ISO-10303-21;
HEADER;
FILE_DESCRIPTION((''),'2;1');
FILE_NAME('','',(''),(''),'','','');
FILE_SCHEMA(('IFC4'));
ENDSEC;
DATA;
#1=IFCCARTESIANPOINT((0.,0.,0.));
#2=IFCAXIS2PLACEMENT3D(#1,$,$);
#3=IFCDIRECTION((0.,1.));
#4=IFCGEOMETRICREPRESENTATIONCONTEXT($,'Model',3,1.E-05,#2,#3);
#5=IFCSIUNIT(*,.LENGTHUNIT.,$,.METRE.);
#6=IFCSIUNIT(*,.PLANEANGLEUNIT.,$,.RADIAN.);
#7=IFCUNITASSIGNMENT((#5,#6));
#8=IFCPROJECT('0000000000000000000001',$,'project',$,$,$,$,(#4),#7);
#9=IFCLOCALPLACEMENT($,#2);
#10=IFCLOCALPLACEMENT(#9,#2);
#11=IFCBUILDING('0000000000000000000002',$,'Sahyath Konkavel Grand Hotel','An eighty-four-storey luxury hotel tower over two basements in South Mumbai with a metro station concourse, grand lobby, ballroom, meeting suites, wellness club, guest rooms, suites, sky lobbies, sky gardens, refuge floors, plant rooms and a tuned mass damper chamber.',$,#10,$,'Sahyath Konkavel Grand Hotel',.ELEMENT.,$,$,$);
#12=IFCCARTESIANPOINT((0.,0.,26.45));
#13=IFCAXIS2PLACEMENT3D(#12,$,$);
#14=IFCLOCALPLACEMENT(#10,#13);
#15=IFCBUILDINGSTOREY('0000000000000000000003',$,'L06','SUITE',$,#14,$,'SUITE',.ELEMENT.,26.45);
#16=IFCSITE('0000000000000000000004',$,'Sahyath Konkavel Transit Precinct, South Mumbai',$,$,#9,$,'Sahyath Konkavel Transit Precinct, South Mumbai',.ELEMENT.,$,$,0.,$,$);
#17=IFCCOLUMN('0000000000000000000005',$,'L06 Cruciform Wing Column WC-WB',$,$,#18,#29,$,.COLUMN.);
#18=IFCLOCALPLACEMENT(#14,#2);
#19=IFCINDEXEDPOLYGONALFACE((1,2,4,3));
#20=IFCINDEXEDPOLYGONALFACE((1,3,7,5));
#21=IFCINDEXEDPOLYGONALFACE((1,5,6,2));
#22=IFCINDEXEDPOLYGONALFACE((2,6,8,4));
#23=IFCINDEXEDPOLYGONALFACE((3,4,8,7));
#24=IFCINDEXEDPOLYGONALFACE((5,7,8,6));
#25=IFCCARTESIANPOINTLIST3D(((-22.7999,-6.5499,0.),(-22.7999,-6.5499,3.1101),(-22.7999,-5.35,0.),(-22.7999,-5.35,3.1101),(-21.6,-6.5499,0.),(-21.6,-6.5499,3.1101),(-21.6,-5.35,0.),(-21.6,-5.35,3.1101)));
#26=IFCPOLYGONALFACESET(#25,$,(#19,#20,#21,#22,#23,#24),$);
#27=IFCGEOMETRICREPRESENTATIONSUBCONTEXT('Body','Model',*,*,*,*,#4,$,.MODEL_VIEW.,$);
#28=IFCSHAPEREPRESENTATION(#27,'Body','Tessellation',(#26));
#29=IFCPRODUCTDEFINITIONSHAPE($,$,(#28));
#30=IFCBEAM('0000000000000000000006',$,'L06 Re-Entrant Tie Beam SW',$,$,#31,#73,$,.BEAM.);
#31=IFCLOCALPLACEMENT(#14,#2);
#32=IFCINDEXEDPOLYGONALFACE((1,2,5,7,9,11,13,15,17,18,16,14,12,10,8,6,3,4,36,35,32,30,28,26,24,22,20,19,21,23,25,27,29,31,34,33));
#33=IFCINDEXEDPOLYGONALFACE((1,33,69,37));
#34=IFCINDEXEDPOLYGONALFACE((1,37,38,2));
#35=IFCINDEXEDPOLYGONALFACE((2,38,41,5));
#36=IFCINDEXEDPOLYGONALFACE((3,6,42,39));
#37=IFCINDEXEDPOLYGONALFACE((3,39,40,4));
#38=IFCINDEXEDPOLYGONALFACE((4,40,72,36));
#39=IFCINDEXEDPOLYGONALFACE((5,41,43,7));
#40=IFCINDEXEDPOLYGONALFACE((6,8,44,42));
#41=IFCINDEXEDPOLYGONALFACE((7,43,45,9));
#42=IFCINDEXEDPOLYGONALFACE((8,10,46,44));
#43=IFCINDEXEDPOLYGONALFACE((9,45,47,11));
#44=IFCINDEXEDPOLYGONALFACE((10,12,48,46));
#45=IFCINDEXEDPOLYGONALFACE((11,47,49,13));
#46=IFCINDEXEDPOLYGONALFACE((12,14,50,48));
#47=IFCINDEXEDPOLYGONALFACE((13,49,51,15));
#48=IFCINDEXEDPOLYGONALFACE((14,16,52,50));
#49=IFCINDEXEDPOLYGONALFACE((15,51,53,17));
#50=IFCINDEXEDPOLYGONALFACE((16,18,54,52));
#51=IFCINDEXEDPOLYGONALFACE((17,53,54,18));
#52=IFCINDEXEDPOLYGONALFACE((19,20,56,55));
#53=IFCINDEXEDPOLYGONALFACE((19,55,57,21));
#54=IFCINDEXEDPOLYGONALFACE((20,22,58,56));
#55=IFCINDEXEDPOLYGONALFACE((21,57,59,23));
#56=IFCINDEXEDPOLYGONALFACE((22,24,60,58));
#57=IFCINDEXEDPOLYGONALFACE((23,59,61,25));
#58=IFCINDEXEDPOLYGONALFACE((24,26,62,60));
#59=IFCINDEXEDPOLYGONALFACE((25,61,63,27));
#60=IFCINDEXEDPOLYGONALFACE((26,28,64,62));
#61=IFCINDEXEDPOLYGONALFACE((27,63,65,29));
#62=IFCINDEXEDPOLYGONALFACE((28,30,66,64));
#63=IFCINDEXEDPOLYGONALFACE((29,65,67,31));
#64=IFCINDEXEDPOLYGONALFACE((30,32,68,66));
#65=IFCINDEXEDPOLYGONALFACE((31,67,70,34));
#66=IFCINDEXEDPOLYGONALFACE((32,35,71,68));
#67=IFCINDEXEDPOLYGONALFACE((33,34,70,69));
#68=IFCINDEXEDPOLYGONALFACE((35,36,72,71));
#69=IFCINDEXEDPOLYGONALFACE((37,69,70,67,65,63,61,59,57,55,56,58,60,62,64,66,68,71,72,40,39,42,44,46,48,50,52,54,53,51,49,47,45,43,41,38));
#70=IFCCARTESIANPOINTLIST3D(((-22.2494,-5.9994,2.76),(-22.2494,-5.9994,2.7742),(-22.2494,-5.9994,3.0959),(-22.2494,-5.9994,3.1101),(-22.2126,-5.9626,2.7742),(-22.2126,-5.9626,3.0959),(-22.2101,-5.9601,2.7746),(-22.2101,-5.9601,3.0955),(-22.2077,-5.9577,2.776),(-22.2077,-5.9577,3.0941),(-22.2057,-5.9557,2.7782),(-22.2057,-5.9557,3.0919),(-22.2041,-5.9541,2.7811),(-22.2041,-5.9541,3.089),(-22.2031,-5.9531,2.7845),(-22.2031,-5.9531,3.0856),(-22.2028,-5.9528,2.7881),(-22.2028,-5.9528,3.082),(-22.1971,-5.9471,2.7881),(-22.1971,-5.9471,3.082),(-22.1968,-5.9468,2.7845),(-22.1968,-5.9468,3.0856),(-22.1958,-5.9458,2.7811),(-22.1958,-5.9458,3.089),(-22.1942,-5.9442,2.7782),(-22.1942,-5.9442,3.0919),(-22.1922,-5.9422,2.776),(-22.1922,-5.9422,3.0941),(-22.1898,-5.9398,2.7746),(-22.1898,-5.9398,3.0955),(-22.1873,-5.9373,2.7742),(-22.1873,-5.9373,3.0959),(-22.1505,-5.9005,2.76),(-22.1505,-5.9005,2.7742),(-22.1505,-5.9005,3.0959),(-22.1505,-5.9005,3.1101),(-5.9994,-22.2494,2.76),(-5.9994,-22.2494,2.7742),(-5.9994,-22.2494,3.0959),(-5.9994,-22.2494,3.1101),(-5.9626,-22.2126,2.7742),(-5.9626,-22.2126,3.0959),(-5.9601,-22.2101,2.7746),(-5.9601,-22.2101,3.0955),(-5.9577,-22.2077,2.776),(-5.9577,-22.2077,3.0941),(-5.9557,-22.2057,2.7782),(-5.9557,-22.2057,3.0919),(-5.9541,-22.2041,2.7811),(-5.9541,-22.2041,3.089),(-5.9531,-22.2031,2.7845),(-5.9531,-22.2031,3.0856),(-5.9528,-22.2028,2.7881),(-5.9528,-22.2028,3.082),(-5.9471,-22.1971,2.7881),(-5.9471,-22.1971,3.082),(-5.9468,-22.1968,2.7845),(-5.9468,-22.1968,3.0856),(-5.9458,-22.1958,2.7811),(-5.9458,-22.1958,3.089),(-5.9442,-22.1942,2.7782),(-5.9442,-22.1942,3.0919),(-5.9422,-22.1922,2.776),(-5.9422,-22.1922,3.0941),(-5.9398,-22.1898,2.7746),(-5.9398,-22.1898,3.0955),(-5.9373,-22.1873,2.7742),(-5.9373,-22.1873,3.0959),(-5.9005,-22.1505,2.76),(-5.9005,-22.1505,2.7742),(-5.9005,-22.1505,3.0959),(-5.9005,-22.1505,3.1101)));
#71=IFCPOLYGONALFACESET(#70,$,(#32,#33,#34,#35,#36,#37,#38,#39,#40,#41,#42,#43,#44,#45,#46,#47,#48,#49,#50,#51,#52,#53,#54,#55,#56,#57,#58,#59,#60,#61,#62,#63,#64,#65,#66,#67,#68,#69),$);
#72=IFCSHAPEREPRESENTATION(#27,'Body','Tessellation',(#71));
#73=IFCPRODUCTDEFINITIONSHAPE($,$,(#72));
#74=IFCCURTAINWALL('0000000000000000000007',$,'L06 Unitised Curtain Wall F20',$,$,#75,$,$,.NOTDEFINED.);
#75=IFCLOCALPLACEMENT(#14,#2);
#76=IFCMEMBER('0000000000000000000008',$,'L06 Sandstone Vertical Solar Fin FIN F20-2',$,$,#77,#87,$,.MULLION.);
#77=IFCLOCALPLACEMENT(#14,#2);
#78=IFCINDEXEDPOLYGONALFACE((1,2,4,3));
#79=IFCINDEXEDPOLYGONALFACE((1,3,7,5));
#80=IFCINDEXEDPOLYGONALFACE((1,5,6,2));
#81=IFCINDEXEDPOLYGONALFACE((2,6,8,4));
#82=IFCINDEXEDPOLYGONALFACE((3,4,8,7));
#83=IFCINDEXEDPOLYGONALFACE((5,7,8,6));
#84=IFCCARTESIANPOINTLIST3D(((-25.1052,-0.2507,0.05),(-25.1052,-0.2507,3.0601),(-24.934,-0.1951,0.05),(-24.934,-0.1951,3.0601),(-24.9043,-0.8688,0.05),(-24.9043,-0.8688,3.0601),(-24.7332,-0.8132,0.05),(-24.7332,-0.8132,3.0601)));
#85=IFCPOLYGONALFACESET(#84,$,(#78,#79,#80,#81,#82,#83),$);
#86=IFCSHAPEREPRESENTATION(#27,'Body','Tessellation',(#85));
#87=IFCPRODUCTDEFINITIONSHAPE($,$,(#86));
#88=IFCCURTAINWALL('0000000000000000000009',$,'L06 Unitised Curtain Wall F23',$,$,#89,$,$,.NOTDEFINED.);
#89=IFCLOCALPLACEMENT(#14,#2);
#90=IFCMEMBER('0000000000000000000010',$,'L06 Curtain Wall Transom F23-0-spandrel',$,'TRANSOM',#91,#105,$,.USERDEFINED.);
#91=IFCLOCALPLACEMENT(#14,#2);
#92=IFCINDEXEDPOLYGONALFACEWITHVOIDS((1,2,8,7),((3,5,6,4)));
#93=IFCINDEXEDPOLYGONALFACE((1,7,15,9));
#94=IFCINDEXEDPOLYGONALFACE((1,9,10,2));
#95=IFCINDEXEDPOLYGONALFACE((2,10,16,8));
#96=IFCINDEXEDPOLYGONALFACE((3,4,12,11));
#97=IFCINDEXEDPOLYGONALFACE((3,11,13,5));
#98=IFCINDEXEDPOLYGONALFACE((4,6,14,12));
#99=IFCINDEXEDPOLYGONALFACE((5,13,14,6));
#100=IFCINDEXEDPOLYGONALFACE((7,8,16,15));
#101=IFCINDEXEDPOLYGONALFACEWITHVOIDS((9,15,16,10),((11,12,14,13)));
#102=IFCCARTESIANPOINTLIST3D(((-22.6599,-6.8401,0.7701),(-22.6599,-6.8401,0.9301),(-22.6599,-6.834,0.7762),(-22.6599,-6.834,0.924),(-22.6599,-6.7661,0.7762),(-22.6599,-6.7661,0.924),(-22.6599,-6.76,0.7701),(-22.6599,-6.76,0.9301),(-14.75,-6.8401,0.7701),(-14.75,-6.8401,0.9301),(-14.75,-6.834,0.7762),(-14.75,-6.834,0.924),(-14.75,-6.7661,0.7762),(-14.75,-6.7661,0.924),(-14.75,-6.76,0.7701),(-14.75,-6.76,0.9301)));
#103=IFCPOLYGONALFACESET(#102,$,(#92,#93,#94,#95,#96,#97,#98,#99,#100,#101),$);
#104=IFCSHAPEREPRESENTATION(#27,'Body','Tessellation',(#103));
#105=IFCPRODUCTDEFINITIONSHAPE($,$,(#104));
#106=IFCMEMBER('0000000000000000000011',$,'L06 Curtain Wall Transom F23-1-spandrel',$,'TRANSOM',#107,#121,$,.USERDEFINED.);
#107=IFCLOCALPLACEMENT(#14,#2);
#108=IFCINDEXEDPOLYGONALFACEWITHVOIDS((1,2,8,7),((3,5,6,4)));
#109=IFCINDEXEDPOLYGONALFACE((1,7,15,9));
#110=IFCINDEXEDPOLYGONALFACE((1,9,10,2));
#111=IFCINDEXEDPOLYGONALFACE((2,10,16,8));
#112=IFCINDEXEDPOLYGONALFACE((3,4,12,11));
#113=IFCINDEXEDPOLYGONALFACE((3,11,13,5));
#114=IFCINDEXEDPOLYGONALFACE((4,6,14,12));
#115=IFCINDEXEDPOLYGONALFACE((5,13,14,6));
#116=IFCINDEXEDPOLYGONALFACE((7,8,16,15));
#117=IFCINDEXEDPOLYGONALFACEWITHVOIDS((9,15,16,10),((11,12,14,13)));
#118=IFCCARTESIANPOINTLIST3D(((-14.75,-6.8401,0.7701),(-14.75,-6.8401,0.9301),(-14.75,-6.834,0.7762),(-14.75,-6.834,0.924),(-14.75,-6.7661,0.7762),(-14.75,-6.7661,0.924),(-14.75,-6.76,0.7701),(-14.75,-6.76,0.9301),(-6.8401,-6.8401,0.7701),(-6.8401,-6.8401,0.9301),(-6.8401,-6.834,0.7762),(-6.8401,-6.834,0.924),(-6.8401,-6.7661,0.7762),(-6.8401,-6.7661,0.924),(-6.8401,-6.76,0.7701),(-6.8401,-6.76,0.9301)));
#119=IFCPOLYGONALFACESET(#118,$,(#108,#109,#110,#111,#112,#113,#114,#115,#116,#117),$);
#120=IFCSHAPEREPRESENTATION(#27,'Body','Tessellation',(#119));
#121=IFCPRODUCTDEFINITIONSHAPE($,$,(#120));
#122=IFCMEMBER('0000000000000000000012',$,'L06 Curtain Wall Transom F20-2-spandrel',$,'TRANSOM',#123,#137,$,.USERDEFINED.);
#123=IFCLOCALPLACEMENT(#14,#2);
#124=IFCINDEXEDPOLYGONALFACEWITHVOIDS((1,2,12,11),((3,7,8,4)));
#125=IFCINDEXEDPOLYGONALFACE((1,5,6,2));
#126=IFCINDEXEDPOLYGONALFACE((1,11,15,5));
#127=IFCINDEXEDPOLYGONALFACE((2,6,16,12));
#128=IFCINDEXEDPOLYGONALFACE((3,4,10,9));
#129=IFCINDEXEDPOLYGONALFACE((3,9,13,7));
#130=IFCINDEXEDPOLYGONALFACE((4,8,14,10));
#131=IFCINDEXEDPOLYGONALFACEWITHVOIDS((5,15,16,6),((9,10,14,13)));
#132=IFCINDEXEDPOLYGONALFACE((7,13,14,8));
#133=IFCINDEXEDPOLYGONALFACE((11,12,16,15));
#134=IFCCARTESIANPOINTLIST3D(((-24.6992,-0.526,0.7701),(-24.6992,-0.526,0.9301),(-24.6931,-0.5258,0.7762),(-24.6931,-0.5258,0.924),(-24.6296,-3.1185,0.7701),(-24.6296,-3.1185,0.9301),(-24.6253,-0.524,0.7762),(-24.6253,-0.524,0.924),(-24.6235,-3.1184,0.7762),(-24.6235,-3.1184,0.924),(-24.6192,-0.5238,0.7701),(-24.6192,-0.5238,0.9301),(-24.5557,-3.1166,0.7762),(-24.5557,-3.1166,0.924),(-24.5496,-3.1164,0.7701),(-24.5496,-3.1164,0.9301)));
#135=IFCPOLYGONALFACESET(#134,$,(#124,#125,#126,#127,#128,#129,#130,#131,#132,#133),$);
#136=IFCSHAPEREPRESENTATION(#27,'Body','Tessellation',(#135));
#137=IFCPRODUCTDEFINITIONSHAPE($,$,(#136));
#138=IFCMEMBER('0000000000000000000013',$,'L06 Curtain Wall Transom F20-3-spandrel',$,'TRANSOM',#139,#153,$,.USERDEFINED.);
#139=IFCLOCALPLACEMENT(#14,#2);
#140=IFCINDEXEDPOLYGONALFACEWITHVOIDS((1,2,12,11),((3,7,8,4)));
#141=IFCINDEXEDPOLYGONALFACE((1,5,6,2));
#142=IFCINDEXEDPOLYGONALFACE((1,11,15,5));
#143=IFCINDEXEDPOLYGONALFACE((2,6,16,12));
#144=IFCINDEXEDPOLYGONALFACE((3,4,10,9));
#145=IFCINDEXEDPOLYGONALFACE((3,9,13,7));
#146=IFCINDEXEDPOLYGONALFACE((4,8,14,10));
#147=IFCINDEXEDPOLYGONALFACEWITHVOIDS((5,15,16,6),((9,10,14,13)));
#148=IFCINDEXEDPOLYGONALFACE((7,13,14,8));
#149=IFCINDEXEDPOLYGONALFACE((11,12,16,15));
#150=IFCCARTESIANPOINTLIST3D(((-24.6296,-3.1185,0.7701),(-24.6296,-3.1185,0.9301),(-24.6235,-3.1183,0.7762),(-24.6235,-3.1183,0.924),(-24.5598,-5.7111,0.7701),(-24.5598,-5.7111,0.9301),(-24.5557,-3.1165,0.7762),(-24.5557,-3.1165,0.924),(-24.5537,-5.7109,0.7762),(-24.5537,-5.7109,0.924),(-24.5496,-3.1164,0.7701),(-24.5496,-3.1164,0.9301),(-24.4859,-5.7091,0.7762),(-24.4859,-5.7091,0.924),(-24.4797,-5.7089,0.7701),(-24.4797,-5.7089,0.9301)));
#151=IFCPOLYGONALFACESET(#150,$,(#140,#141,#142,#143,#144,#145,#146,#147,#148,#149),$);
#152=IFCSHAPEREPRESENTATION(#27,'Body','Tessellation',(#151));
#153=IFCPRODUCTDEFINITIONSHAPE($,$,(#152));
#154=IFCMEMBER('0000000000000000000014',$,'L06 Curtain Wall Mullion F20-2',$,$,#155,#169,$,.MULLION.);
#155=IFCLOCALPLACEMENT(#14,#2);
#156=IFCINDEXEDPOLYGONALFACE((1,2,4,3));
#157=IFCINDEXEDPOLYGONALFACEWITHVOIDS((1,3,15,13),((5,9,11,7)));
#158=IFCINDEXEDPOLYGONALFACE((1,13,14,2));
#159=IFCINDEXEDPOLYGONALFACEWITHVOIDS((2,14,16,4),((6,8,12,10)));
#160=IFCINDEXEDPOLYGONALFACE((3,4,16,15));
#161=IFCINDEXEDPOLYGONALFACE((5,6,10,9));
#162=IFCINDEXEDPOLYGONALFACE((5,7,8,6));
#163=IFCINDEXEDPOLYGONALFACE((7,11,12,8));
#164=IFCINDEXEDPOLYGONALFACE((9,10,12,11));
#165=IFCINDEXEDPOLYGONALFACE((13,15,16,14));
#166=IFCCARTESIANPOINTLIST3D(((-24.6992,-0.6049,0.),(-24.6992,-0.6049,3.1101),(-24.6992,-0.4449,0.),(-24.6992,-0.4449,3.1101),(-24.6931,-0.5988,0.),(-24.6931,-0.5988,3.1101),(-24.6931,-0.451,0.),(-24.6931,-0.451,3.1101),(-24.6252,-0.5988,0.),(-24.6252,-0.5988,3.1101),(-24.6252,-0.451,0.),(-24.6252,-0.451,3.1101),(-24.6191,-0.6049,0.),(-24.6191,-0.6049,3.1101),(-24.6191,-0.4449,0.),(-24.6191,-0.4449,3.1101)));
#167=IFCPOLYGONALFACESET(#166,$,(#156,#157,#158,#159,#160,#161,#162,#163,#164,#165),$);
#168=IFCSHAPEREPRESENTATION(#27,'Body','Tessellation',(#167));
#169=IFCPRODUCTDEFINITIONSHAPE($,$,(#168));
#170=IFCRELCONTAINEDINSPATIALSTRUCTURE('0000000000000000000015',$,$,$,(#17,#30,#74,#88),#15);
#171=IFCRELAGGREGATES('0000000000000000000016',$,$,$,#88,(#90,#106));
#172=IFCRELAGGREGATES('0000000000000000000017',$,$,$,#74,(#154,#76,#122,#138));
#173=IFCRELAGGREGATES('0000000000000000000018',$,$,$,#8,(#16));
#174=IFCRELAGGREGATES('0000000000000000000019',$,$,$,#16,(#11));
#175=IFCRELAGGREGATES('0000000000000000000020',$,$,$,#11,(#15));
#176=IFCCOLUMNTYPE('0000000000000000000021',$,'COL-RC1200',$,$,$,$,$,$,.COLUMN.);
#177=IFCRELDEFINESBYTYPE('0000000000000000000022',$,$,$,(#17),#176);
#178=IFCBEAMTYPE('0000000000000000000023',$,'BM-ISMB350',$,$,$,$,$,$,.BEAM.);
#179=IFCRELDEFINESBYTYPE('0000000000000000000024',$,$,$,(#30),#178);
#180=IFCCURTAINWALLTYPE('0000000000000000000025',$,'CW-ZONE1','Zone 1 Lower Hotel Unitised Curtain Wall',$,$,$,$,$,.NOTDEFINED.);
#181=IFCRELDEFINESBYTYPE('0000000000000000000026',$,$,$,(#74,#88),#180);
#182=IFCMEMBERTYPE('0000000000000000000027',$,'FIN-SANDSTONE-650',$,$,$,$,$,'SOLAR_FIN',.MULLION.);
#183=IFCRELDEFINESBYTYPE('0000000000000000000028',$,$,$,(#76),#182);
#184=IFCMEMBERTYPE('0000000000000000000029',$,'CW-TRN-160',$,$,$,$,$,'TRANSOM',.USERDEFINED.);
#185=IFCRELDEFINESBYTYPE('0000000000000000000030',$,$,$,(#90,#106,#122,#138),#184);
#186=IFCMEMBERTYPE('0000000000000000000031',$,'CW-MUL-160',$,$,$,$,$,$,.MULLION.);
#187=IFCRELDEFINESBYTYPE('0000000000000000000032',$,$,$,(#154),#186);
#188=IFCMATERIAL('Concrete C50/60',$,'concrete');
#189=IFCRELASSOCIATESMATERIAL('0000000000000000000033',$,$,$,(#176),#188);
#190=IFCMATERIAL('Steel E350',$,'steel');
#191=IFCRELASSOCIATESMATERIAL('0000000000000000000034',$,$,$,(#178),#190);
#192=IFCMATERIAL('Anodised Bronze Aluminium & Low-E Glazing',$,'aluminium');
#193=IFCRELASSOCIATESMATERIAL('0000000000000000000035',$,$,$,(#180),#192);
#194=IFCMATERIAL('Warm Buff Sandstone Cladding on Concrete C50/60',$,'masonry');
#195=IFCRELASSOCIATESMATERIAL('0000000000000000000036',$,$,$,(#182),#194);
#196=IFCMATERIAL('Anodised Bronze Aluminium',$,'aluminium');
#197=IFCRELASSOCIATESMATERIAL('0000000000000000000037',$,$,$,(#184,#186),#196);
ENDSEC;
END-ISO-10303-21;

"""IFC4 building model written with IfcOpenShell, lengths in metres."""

from ifc_helpers import new_model, si_unit, direction, frame, origin, origin_2d, place, context, subcontext, project, spatial, rectangle, hollow_rectangle, i_section, extrude, source, transform, mapped, material, material_profile, profile_set, type_object, element, aggregate, save


model = new_model("IFC4")

# Units and contexts
model_context = context("Model", 3, precision=1e-05, world=origin(), true_north=direction((0.0, 1.0)))
body_context = subcontext(model_context, "Body", "Model", "MODEL_VIEW")
ifc_project = project(units=[si_unit("LENGTHUNIT", "METRE"), si_unit("PLANEANGLEUNIT", "RADIAN")], contexts=[model_context])

# Site, building, storey
site_placement = place(None, origin())
site = spatial("IfcSite", under=ifc_project, at=site_placement, Name="Sahyath Konkavel Transit Precinct, South Mumbai", LongName="Sahyath Konkavel Transit Precinct, South Mumbai", CompositionType="ELEMENT", RefElevation=0.0)
building_placement = place(site_placement, origin())
building = spatial("IfcBuilding", under=site, at=building_placement, Name="Sahyath Konkavel Grand Hotel", Description="An eighty-four-storey luxury hotel tower over two basements in South Mumbai with a metro station concourse, grand lobby, ballroom, meeting suites, wellness club, guest rooms, suites, sky lobbies, sky gardens, refuge floors, plant rooms and a tuned mass damper chamber.", LongName="Sahyath Konkavel Grand Hotel", CompositionType="ELEMENT")
storey_placement = place(building_placement, frame((0.0, 0.0, 26.45)))
storey = spatial("IfcBuildingStorey", under=building, at=storey_placement, Name="L06", Description="SUITE", LongName="SUITE", CompositionType="ELEMENT", Elevation=26.45)

# Column
ifc_material_1 = material(Name="Concrete C50/60", Category="concrete")
ifc_material_profile_1 = material_profile(ifc_material_1, rectangle(XDim=1.2, YDim=1.2, at=origin_2d()), Name="RC 1200x1200")
ifc_profile_set_1 = profile_set([ifc_material_profile_1], Name="Concrete C50/60")
column_type = type_object("IfcColumnType", Name="COL-RC1200", PredefinedType="COLUMN", material=ifc_profile_set_1)
shared_shape_1 = source(origin(), body_context, "Body", "SweptSolid", [
    extrude(rectangle(XDim=1.2, YDim=1.2, at=origin_2d()), origin(), (0.0, 0.0, 1.0), 3.1101),
])
column_placement = place(storey_placement, frame((-22.2, -5.95, 0.0), z_axis=(0.0, 0.0, 1.0), x_axis=(1.0, 0.0, 0.0)))
element("IfcColumn", 1, at=column_placement, inside=storey, type_object=column_type, Name="L06 Cruciform Wing Column WC-WB", PredefinedType="COLUMN", context=body_context, shape_type="MappedRepresentation", body=[
    mapped(shared_shape_1, transform((0.0, 0.0, 0.0), scale=1.0)),
])

# Beam
ifc_material_2 = material(Name="Steel E350", Category="steel")
ifc_material_profile_2 = material_profile(ifc_material_2, i_section(OverallWidth=0.1399, OverallDepth=0.3501, WebThickness=0.0081, FlangeThickness=0.0142, FilletRadius=0.0139, at=origin_2d()), Name="ISMB 350")
ifc_profile_set_2 = profile_set([ifc_material_profile_2], Name="Steel E350")
beam_type_1 = type_object("IfcBeamType", Name="BM-ISMB350", PredefinedType="BEAM", material=ifc_profile_set_2)
shared_shape_2 = source(origin(), body_context, "Body", "SweptSolid", [
    extrude(i_section(OverallWidth=0.1399, OverallDepth=0.3501, WebThickness=0.0081, FlangeThickness=0.0142, FilletRadius=0.0139, at=origin_2d()), origin(), (0.0, 0.0, 1.0), 22.981),
])
beam_1_placement = place(storey_placement, frame((-22.2, -5.95, 2.9351), z_axis=(0.707107, -0.707107, 0.0), x_axis=(0.707107, 0.707107, 0.0)))
element("IfcBeam", 2, at=beam_1_placement, inside=storey, type_object=beam_type_1, Name="L06 Re-Entrant Tie Beam SW", PredefinedType="BEAM", context=body_context, shape_type="MappedRepresentation", body=[
    mapped(shared_shape_2, transform((0.0, 0.0, 0.0), scale=1.0)),
])

# Curtain wall, member
ifc_material_3 = material(Name="Anodised Bronze Aluminium & Low-E Glazing", Category="aluminium")
curtain_wall_type = type_object("IfcCurtainWallType", Name="CW-ZONE1", Description="Zone 1 Lower Hotel Unitised Curtain Wall", PredefinedType="NOTDEFINED", material=ifc_material_3)
curtain_wall_1_placement = place(storey_placement, origin())
curtain_wall_1 = element("IfcCurtainWall", 3, at=curtain_wall_1_placement, inside=storey, type_object=curtain_wall_type, Name="L06 Unitised Curtain Wall F20", PredefinedType="NOTDEFINED")
ifc_material_4 = material(Name="Warm Buff Sandstone Cladding on Concrete C50/60", Category="masonry")
ifc_material_profile_3 = material_profile(ifc_material_4, rectangle(XDim=0.1799, YDim=0.6499, at=origin_2d()), Name="FIN 180x650")
ifc_profile_set_3 = profile_set([ifc_material_profile_3], Name="Warm Buff Sandstone Cladding on Concrete C50/60")
member_type_1 = type_object("IfcMemberType", Name="FIN-SANDSTONE-650", ElementType="SOLAR_FIN", PredefinedType="MULLION", material=ifc_profile_set_3)
shared_shape_3 = source(origin(), body_context, "Body", "SweptSolid", [
    extrude(rectangle(XDim=0.1799, YDim=0.6499, at=origin_2d()), origin(), (0.0, 0.0, 1.0), 3.01),
])
member_1_placement = place(storey_placement, frame((-24.9192, -0.532, 0.05), z_axis=(0.0, 0.0, 1.0), x_axis=(0.951057, 0.309017, 0.0)))
member_1 = element("IfcMember", 4, at=member_1_placement, type_object=member_type_1, Name="L06 Sandstone Vertical Solar Fin FIN F20-2", PredefinedType="MULLION", context=body_context, shape_type="MappedRepresentation", body=[
    mapped(shared_shape_3, transform((0.0, 0.0, 0.0), scale=1.0)),
])

# Curtain wall, members
curtain_wall_2_placement = place(storey_placement, origin())
curtain_wall_2 = element("IfcCurtainWall", 5, at=curtain_wall_2_placement, inside=storey, type_object=curtain_wall_type, Name="L06 Unitised Curtain Wall F23", PredefinedType="NOTDEFINED")
ifc_material_5 = material(Name="Anodised Bronze Aluminium", Category="aluminium")
ifc_material_profile_4 = material_profile(ifc_material_5, hollow_rectangle(XDim=0.0801, YDim=0.1599, WallThickness=0.0061, at=origin_2d()), Name="RHS 160x80x6")
ifc_profile_set_4 = profile_set([ifc_material_profile_4], Name="Anodised Bronze Aluminium")
member_type_2 = type_object("IfcMemberType", Name="CW-TRN-160", ElementType="TRANSOM", PredefinedType="USERDEFINED", material=ifc_profile_set_4)
shared_shape_4 = source(origin(), body_context, "Body", "SweptSolid", [
    extrude(hollow_rectangle(XDim=0.0801, YDim=0.1599, WallThickness=0.0061, at=origin_2d()), origin(), (0.0, 0.0, 1.0), 7.9099),
])
member_2_placement = place(storey_placement, frame((-22.6599, -6.8, 0.8501), z_axis=(1.0, 0.0, 0.0), x_axis=(0.0, 1.0, 0.0)))
member_2 = element("IfcMember", 6, at=member_2_placement, type_object=member_type_2, Name="L06 Curtain Wall Transom F23-0-spandrel", ObjectType="TRANSOM", PredefinedType="USERDEFINED", context=body_context, shape_type="MappedRepresentation", body=[
    mapped(shared_shape_4, transform((0.0, 0.0, 0.0), scale=1.0)),
])
member_3_placement = place(storey_placement, frame((-14.75, -6.8, 0.8501), z_axis=(1.0, 0.0, 0.0), x_axis=(0.0, 1.0, 0.0)))
member_3 = element("IfcMember", 7, at=member_3_placement, type_object=member_type_2, Name="L06 Curtain Wall Transom F23-1-spandrel", ObjectType="TRANSOM", PredefinedType="USERDEFINED", context=body_context, shape_type="MappedRepresentation", body=[
    mapped(shared_shape_4, transform((0.0, 0.0, 0.0), scale=1.0)),
])

# Members
shared_shape_5 = source(origin(), body_context, "Body", "SweptSolid", [
    extrude(hollow_rectangle(XDim=0.0801, YDim=0.1599, WallThickness=0.0061, at=origin_2d()), origin(), (0.0, 0.0, 1.0), 2.5935),
])
member_4_placement = place(storey_placement, frame((-24.6592, -0.5249, 0.8501), z_axis=(0.026829, -0.99964, 0.0), x_axis=(0.99964, 0.026829, 0.0)))
member_4 = element("IfcMember", 8, at=member_4_placement, type_object=member_type_2, Name="L06 Curtain Wall Transom F20-2-spandrel", ObjectType="TRANSOM", PredefinedType="USERDEFINED", context=body_context, shape_type="MappedRepresentation", body=[
    mapped(shared_shape_5, transform((0.0, 0.0, 0.0), scale=1.0)),
])
member_5_placement = place(storey_placement, frame((-24.5896, -3.1174, 0.8501), z_axis=(0.026923, -0.999638, 0.0), x_axis=(0.999638, 0.026923, 0.0)))
member_5 = element("IfcMember", 9, at=member_5_placement, type_object=member_type_2, Name="L06 Curtain Wall Transom F20-3-spandrel", ObjectType="TRANSOM", PredefinedType="USERDEFINED", context=body_context, shape_type="MappedRepresentation", body=[
    mapped(shared_shape_5, transform((0.0, 0.0, 0.0), scale=1.0)),
])
ifc_material_profile_5 = material_profile(ifc_material_5, hollow_rectangle(XDim=0.0801, YDim=0.1599, WallThickness=0.0061, at=origin_2d()), Name="RHS 160x80x6")
ifc_profile_set_5 = profile_set([ifc_material_profile_5], Name="Anodised Bronze Aluminium")
member_type_3 = type_object("IfcMemberType", Name="CW-MUL-160", PredefinedType="MULLION", material=ifc_profile_set_5)
shared_shape_6 = source(origin(), body_context, "Body", "SweptSolid", [
    extrude(hollow_rectangle(XDim=0.0801, YDim=0.1599, WallThickness=0.0061, at=origin_2d()), origin(), (0.0, 0.0, 1.0), 3.1101),
])
member_6_placement = place(storey_placement, frame((-24.6592, -0.5249, 0.0), z_axis=(0.0, 0.0, 1.0), x_axis=(1.0, 0.0, 0.0)))
member_6 = element("IfcMember", 10, at=member_6_placement, type_object=member_type_3, Name="L06 Curtain Wall Mullion F20-2", PredefinedType="MULLION", context=body_context, shape_type="MappedRepresentation", body=[
    mapped(shared_shape_6, transform((0.0, 0.0, 0.0), scale=1.0)),
])

aggregate(curtain_wall_2, [member_2, member_3])
aggregate(curtain_wall_1, [member_6, member_1, member_4, member_5])

save(model, "model.ifc")
